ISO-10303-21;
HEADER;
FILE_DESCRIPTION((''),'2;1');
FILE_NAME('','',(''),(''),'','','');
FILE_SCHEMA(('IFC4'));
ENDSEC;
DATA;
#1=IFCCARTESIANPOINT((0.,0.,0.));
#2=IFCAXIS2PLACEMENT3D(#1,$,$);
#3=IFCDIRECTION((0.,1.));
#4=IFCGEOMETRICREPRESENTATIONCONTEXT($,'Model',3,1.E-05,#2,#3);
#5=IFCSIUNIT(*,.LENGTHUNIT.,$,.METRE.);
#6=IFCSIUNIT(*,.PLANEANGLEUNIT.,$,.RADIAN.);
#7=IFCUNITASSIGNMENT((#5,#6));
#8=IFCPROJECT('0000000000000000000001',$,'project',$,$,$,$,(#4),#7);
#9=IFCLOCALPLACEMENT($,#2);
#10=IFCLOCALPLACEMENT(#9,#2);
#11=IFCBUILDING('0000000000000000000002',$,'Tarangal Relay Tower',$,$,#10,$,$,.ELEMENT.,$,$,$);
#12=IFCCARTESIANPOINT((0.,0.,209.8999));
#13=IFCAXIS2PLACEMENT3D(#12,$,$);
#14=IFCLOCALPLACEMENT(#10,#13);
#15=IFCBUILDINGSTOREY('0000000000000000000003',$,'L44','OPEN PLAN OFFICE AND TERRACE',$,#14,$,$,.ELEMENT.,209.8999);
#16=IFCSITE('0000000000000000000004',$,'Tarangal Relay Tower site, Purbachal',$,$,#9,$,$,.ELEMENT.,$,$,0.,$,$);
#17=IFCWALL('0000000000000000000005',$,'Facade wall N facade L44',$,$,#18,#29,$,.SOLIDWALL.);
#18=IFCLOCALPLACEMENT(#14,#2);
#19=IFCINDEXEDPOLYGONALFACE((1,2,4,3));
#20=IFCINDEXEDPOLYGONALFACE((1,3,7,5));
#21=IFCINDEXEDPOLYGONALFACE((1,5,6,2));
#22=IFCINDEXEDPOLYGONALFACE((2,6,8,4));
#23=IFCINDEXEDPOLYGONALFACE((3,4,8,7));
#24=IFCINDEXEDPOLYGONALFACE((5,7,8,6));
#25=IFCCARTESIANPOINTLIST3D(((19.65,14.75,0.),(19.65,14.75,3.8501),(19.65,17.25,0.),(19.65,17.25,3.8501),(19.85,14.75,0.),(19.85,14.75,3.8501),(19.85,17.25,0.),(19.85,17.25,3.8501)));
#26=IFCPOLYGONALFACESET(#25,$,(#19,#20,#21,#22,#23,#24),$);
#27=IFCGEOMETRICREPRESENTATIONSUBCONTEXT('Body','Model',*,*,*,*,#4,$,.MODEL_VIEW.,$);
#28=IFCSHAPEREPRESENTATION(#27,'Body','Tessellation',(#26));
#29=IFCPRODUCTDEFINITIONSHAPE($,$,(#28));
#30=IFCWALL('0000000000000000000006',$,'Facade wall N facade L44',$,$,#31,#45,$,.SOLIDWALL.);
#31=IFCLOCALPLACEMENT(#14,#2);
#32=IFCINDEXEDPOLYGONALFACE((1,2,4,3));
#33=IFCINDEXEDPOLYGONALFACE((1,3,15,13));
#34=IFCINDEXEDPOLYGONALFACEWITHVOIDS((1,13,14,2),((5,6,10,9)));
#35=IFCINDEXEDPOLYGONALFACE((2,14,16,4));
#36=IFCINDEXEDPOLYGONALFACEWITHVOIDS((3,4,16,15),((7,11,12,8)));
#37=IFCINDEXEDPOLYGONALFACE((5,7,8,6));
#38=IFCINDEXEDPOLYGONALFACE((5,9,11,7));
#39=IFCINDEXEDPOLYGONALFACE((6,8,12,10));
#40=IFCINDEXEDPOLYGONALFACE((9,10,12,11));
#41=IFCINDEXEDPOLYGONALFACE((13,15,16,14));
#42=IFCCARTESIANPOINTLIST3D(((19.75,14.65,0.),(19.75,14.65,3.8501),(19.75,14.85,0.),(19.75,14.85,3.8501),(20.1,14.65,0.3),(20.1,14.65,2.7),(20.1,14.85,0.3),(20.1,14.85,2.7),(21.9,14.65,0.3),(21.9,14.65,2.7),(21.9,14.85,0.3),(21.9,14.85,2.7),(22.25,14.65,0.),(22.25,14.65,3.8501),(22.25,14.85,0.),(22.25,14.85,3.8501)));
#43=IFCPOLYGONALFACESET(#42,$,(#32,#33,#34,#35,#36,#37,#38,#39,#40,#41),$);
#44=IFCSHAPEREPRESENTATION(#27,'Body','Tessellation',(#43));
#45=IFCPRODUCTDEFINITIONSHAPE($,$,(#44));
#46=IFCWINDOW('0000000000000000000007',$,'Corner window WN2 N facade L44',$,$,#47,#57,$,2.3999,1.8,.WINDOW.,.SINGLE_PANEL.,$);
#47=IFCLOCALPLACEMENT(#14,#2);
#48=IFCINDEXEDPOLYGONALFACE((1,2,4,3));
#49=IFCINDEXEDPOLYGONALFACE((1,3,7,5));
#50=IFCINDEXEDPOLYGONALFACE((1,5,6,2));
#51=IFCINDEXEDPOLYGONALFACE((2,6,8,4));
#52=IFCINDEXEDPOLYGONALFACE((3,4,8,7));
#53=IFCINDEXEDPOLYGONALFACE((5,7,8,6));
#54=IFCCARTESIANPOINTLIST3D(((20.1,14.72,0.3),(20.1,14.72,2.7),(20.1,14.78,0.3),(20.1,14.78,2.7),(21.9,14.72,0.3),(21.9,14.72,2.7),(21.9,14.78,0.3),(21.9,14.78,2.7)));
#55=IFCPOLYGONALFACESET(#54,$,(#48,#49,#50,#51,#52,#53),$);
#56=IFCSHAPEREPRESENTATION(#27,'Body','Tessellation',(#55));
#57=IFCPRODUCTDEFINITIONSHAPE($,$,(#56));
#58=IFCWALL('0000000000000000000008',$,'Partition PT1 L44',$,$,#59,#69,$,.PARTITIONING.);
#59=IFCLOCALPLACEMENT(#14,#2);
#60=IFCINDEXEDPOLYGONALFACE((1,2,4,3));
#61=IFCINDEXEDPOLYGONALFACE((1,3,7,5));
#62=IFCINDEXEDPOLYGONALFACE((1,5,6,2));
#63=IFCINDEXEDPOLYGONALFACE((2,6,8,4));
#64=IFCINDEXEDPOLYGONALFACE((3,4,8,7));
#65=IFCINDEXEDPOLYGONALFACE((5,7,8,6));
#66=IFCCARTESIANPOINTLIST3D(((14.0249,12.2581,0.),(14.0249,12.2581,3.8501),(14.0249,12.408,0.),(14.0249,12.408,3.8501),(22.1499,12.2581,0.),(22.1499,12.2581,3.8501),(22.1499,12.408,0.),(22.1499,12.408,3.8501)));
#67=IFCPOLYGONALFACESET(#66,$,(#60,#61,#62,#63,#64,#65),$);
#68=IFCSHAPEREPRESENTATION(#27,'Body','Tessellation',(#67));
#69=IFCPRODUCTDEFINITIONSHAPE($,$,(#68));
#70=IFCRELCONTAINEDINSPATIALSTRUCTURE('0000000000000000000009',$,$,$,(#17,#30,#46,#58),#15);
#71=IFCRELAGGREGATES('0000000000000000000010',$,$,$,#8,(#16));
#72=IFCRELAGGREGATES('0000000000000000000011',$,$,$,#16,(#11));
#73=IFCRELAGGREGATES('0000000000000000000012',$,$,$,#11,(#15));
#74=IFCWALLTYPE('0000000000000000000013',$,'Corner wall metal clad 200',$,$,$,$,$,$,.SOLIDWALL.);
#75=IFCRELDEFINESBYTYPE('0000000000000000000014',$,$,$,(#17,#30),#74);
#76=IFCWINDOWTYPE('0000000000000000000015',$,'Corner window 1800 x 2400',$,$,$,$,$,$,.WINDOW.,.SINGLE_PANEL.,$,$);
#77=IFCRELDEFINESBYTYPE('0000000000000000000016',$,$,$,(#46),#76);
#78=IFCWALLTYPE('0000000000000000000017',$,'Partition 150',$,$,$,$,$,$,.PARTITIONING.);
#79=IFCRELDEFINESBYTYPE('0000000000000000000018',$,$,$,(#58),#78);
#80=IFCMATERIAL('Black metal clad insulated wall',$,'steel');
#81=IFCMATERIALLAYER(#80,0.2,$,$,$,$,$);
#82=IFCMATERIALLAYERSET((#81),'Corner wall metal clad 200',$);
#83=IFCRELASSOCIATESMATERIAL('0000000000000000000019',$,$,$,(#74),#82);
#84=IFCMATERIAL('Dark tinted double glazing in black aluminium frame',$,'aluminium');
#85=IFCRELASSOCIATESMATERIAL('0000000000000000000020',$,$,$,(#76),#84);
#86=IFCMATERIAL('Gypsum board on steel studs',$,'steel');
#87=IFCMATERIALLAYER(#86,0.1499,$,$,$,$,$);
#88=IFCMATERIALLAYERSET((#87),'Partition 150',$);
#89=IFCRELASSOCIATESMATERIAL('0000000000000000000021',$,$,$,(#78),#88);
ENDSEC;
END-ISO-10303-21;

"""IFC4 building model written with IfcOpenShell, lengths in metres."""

from ifc_helpers import new_model, si_unit, direction, frame, frame_2d, origin, place, context, subcontext, project, spatial, rectangle, extrude, material, layer, layer_set, type_object, element, fill, save


model = new_model("IFC4")

# Units and contexts
model_context = context("Model", 3, precision=1e-05, world=origin(), true_north=direction((0.0, 1.0)))
body_context = subcontext(model_context, "Body", "Model", "MODEL_VIEW")
ifc_project = project(units=[si_unit("LENGTHUNIT", "METRE"), si_unit("PLANEANGLEUNIT", "RADIAN")], contexts=[model_context])

# Site, building, storey
site_placement = place(None, origin())
site = spatial("IfcSite", under=ifc_project, at=site_placement, Name="Tarangal Relay Tower site, Purbachal", CompositionType="ELEMENT", RefElevation=0.0)
building_placement = place(site_placement, origin())
building = spatial("IfcBuilding", under=site, at=building_placement, Name="Tarangal Relay Tower", CompositionType="ELEMENT")
storey_placement = place(building_placement, frame((0.0, 0.0, 209.8999)))
storey = spatial("IfcBuildingStorey", under=building, at=storey_placement, Name="L44", Description="OPEN PLAN OFFICE AND TERRACE", CompositionType="ELEMENT", Elevation=209.8999)

# Shared definitions
ifc_material_1 = material(Name="Black metal clad insulated wall", Category="steel")
ifc_layer_1 = layer(ifc_material_1, 0.2)
ifc_layer_set_1 = layer_set([ifc_layer_1], Name="Corner wall metal clad 200")
wall_type_1 = type_object("IfcWallType", Name="Corner wall metal clad 200", PredefinedType="SOLIDWALL", material=ifc_layer_set_1)

# Shared definitions
ifc_material_2 = material(Name="Dark tinted double glazing in black aluminium frame", Category="aluminium")
window_type = type_object("IfcWindowType", Name="Corner window 1800 x 2400", PartitioningType="SINGLE_PANEL", PredefinedType="WINDOW", material=ifc_material_2)

# Wall
wall_1_placement = place(storey_placement, frame((19.75, 17.25, 0.0), z_axis=(0.0, 0.0, 1.0), x_axis=(0.0, -1.0, 0.0)))
element("IfcWall", 1, at=wall_1_placement, inside=storey, type_object=wall_type_1, Name="Facade wall N facade L44", PredefinedType="SOLIDWALL", context=body_context, shape_type="SweptSolid", body=[
    extrude(rectangle(XDim=2.5, YDim=0.2, at=frame_2d((1.25, 0.0))), origin(), (0.0, 0.0, 1.0), 3.8501),
])

# Wall, opening, window
wall_2_placement = place(storey_placement, frame((19.75, 14.75, 0.0), z_axis=(0.0, 0.0, 1.0), x_axis=(1.0, 0.0, 0.0)))
wall_2 = element("IfcWall", 2, at=wall_2_placement, inside=storey, type_object=wall_type_1, Name="Facade wall N facade L44", PredefinedType="SOLIDWALL", context=body_context, shape_type="SweptSolid", body=[
    extrude(rectangle(XDim=2.5, YDim=0.2, at=frame_2d((1.25, 0.0))), origin(), (0.0, 0.0, 1.0), 3.8501),
])
opening_1_placement = place(wall_2_placement, frame((0.3501, 0.0, 0.3)))
opening_1 = element("IfcOpeningElement", 3, at=opening_1_placement, cuts=wall_2, PredefinedType="OPENING", context=body_context, shape_type="SweptSolid", body=[
    extrude(rectangle(XDim=1.8, YDim=2.3999, at=frame_2d((0.8999, 1.2))), frame((0.0, 0.1099, 0.0), z_axis=(0.0, -1.0, 0.0), x_axis=(1.0, 0.0, 0.0)), (0.0, 0.0, 1.0), 0.22),
])
window_1_placement = place(opening_1_placement, origin())
window_1 = element("IfcWindow", 4, at=window_1_placement, inside=storey, type_object=window_type, Name="Corner window WN2 N facade L44", OverallHeight=2.3999, OverallWidth=1.8, PartitioningType="SINGLE_PANEL", PredefinedType="WINDOW", context=body_context, shape_type="SweptSolid", body=[
    extrude(rectangle(XDim=1.8, YDim=2.3999, at=frame_2d((0.8999, 1.2))), frame((0.0, 0.03, 0.0), z_axis=(0.0, -1.0, 0.0), x_axis=(1.0, 0.0, 0.0)), (0.0, 0.0, 1.0), 0.0601),
])
fill(opening_1, window_1)

# Wall
ifc_material_3 = material(Name="Gypsum board on steel studs", Category="steel")
ifc_layer_2 = layer(ifc_material_3, 0.1499)
ifc_layer_set_2 = layer_set([ifc_layer_2], Name="Partition 150")
wall_type_2 = type_object("IfcWallType", Name="Partition 150", PredefinedType="PARTITIONING", material=ifc_layer_set_2)
wall_3_placement = place(storey_placement, frame((14.0249, 12.333, 0.0), z_axis=(0.0, 0.0, 1.0), x_axis=(1.0, 0.0, 0.0)))
element("IfcWall", 5, at=wall_3_placement, inside=storey, type_object=wall_type_2, Name="Partition PT1 L44", PredefinedType="PARTITIONING", context=body_context, shape_type="SweptSolid", body=[
    extrude(rectangle(XDim=8.125, YDim=0.1499, at=frame_2d((4.0625, 0.0))), origin(), (0.0, 0.0, 1.0), 3.8501),
])

save(model, "model.ifc")
